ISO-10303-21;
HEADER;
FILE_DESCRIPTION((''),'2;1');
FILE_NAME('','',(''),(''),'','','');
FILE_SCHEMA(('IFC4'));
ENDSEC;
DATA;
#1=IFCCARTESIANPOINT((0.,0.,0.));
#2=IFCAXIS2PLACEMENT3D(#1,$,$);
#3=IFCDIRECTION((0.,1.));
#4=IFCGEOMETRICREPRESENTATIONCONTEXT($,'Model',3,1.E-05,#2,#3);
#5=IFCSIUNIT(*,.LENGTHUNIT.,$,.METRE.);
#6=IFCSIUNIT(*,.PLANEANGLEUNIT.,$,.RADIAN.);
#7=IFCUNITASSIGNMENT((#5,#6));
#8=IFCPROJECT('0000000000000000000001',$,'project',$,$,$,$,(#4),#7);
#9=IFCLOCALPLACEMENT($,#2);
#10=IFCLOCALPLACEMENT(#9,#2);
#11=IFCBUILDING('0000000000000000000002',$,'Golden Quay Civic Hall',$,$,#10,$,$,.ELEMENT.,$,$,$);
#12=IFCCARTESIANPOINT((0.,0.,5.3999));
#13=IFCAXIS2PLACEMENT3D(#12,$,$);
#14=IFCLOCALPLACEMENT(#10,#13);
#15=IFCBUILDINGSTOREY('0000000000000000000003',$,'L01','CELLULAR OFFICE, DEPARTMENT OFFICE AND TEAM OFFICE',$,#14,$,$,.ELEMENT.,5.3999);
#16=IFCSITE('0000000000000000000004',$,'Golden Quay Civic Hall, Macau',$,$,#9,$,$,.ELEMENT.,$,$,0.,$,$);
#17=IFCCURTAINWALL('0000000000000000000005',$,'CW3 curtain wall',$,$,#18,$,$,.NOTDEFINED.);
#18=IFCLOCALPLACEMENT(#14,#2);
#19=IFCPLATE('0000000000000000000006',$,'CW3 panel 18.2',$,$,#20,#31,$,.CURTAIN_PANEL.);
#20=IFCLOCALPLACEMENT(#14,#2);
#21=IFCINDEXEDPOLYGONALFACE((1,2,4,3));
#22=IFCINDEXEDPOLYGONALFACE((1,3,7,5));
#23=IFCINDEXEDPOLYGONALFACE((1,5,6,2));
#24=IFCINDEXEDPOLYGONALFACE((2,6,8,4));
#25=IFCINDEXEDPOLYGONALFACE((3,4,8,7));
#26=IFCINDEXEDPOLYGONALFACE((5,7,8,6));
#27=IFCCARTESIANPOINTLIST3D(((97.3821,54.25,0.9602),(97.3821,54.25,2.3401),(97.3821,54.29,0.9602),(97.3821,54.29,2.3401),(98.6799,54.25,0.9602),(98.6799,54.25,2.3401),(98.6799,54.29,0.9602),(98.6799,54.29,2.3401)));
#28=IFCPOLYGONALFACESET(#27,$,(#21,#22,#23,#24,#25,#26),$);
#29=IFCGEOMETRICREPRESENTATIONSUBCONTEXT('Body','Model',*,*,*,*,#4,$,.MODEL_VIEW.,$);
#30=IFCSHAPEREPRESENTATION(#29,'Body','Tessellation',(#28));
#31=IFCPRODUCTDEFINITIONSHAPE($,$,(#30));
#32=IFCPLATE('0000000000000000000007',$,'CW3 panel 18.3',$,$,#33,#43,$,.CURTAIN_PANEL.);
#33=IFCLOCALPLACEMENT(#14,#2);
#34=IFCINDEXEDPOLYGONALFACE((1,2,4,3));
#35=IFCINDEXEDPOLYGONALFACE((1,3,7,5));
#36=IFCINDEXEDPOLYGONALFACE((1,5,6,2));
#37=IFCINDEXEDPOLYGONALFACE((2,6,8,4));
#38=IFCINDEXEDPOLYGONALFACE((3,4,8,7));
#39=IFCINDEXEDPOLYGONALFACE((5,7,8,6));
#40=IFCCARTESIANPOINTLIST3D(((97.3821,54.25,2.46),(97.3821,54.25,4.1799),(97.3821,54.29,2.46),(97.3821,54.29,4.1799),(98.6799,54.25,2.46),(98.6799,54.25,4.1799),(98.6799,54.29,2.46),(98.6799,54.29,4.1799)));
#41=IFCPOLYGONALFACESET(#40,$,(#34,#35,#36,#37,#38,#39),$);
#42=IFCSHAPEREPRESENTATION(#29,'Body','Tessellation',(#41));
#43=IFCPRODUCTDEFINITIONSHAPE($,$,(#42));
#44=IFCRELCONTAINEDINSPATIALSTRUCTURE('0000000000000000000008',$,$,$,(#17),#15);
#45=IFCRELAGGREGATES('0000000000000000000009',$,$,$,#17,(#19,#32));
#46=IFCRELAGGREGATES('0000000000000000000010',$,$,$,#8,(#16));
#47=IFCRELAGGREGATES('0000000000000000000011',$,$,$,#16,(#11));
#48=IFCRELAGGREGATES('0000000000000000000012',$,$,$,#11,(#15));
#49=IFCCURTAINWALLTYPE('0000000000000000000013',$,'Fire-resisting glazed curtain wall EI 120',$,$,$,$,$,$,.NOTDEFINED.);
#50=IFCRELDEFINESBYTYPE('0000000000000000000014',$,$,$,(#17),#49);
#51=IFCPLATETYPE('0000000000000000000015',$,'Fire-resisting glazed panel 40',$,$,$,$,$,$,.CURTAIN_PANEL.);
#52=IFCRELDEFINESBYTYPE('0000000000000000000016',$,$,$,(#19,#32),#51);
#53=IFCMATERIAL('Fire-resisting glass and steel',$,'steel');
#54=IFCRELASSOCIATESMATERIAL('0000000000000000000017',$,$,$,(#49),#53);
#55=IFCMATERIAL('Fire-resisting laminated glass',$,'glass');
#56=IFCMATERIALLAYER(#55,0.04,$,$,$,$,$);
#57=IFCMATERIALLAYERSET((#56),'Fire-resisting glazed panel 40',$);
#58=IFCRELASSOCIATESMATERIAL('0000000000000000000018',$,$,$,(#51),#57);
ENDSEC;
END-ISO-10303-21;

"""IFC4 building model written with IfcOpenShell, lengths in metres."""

from ifc_helpers import new_model, si_unit, direction, frame, origin, origin_2d, place, context, subcontext, project, spatial, rectangle, extrude, material, layer, layer_set, type_object, element, aggregate, save


model = new_model("IFC4")

# Units and contexts
model_context = context("Model", 3, precision=1e-05, world=origin(), true_north=direction((0.0, 1.0)))
body_context = subcontext(model_context, "Body", "Model", "MODEL_VIEW")
ifc_project = project(units=[si_unit("LENGTHUNIT", "METRE"), si_unit("PLANEANGLEUNIT", "RADIAN")], contexts=[model_context])

# Site, building, storey
site_placement = place(None, origin())
site = spatial("IfcSite", under=ifc_project, at=site_placement, Name="Golden Quay Civic Hall, Macau", CompositionType="ELEMENT", RefElevation=0.0)
building_placement = place(site_placement, origin())
building = spatial("IfcBuilding", under=site, at=building_placement, Name="Golden Quay Civic Hall", CompositionType="ELEMENT")
storey_placement = place(building_placement, frame((0.0, 0.0, 5.3999)))
storey = spatial("IfcBuildingStorey", under=building, at=storey_placement, Name="L01", Description="CELLULAR OFFICE, DEPARTMENT OFFICE AND TEAM OFFICE", CompositionType="ELEMENT", Elevation=5.3999)

# Curtain wall
ifc_material_1 = material(Name="Fire-resisting glass and steel", Category="steel")
curtain_wall_type_1 = type_object("IfcCurtainWallType", Name="Fire-resisting glazed curtain wall EI 120", PredefinedType="NOTDEFINED", material=ifc_material_1)
curtain_wall_1_placement = place(storey_placement, origin())
curtain_wall_1 = element("IfcCurtainWall", 1, at=curtain_wall_1_placement, inside=storey, type_object=curtain_wall_type_1, Name="CW3 curtain wall", PredefinedType="NOTDEFINED")

# Plates
ifc_material_2 = material(Name="Fire-resisting laminated glass", Category="glass")
ifc_layer = layer(ifc_material_2, 0.04)
ifc_layer_set = layer_set([ifc_layer], Name="Fire-resisting glazed panel 40")
plate_type = type_object("IfcPlateType", Name="Fire-resisting glazed panel 40", PredefinedType="CURTAIN_PANEL", material=ifc_layer_set)
plate_1_placement = place(storey_placement, frame((98.031, 54.27, 0.9602), z_axis=(0.0, 0.0, 1.0), x_axis=(1.0, 0.0, 0.0)))
plate_1 = element("IfcPlate", 2, at=plate_1_placement, type_object=plate_type, Name="CW3 panel 18.2", PredefinedType="CURTAIN_PANEL", context=body_context, shape_type="SweptSolid", body=[
    extrude(rectangle(XDim=1.2979, YDim=0.04, at=origin_2d()), origin(), (0.0, 0.0, 1.0), 1.3799),
])
plate_2_placement = place(storey_placement, frame((98.031, 54.27, 2.46), z_axis=(0.0, 0.0, 1.0), x_axis=(1.0, 0.0, 0.0)))
plate_2 = element("IfcPlate", 3, at=plate_2_placement, type_object=plate_type, Name="CW3 panel 18.3", PredefinedType="CURTAIN_PANEL", context=body_context, shape_type="SweptSolid", body=[
    extrude(rectangle(XDim=1.2979, YDim=0.04, at=origin_2d()), origin(), (0.0, 0.0, 1.0), 1.72),
])
aggregate(curtain_wall_1, [plate_1, plate_2])

save(model, "model.ifc")
